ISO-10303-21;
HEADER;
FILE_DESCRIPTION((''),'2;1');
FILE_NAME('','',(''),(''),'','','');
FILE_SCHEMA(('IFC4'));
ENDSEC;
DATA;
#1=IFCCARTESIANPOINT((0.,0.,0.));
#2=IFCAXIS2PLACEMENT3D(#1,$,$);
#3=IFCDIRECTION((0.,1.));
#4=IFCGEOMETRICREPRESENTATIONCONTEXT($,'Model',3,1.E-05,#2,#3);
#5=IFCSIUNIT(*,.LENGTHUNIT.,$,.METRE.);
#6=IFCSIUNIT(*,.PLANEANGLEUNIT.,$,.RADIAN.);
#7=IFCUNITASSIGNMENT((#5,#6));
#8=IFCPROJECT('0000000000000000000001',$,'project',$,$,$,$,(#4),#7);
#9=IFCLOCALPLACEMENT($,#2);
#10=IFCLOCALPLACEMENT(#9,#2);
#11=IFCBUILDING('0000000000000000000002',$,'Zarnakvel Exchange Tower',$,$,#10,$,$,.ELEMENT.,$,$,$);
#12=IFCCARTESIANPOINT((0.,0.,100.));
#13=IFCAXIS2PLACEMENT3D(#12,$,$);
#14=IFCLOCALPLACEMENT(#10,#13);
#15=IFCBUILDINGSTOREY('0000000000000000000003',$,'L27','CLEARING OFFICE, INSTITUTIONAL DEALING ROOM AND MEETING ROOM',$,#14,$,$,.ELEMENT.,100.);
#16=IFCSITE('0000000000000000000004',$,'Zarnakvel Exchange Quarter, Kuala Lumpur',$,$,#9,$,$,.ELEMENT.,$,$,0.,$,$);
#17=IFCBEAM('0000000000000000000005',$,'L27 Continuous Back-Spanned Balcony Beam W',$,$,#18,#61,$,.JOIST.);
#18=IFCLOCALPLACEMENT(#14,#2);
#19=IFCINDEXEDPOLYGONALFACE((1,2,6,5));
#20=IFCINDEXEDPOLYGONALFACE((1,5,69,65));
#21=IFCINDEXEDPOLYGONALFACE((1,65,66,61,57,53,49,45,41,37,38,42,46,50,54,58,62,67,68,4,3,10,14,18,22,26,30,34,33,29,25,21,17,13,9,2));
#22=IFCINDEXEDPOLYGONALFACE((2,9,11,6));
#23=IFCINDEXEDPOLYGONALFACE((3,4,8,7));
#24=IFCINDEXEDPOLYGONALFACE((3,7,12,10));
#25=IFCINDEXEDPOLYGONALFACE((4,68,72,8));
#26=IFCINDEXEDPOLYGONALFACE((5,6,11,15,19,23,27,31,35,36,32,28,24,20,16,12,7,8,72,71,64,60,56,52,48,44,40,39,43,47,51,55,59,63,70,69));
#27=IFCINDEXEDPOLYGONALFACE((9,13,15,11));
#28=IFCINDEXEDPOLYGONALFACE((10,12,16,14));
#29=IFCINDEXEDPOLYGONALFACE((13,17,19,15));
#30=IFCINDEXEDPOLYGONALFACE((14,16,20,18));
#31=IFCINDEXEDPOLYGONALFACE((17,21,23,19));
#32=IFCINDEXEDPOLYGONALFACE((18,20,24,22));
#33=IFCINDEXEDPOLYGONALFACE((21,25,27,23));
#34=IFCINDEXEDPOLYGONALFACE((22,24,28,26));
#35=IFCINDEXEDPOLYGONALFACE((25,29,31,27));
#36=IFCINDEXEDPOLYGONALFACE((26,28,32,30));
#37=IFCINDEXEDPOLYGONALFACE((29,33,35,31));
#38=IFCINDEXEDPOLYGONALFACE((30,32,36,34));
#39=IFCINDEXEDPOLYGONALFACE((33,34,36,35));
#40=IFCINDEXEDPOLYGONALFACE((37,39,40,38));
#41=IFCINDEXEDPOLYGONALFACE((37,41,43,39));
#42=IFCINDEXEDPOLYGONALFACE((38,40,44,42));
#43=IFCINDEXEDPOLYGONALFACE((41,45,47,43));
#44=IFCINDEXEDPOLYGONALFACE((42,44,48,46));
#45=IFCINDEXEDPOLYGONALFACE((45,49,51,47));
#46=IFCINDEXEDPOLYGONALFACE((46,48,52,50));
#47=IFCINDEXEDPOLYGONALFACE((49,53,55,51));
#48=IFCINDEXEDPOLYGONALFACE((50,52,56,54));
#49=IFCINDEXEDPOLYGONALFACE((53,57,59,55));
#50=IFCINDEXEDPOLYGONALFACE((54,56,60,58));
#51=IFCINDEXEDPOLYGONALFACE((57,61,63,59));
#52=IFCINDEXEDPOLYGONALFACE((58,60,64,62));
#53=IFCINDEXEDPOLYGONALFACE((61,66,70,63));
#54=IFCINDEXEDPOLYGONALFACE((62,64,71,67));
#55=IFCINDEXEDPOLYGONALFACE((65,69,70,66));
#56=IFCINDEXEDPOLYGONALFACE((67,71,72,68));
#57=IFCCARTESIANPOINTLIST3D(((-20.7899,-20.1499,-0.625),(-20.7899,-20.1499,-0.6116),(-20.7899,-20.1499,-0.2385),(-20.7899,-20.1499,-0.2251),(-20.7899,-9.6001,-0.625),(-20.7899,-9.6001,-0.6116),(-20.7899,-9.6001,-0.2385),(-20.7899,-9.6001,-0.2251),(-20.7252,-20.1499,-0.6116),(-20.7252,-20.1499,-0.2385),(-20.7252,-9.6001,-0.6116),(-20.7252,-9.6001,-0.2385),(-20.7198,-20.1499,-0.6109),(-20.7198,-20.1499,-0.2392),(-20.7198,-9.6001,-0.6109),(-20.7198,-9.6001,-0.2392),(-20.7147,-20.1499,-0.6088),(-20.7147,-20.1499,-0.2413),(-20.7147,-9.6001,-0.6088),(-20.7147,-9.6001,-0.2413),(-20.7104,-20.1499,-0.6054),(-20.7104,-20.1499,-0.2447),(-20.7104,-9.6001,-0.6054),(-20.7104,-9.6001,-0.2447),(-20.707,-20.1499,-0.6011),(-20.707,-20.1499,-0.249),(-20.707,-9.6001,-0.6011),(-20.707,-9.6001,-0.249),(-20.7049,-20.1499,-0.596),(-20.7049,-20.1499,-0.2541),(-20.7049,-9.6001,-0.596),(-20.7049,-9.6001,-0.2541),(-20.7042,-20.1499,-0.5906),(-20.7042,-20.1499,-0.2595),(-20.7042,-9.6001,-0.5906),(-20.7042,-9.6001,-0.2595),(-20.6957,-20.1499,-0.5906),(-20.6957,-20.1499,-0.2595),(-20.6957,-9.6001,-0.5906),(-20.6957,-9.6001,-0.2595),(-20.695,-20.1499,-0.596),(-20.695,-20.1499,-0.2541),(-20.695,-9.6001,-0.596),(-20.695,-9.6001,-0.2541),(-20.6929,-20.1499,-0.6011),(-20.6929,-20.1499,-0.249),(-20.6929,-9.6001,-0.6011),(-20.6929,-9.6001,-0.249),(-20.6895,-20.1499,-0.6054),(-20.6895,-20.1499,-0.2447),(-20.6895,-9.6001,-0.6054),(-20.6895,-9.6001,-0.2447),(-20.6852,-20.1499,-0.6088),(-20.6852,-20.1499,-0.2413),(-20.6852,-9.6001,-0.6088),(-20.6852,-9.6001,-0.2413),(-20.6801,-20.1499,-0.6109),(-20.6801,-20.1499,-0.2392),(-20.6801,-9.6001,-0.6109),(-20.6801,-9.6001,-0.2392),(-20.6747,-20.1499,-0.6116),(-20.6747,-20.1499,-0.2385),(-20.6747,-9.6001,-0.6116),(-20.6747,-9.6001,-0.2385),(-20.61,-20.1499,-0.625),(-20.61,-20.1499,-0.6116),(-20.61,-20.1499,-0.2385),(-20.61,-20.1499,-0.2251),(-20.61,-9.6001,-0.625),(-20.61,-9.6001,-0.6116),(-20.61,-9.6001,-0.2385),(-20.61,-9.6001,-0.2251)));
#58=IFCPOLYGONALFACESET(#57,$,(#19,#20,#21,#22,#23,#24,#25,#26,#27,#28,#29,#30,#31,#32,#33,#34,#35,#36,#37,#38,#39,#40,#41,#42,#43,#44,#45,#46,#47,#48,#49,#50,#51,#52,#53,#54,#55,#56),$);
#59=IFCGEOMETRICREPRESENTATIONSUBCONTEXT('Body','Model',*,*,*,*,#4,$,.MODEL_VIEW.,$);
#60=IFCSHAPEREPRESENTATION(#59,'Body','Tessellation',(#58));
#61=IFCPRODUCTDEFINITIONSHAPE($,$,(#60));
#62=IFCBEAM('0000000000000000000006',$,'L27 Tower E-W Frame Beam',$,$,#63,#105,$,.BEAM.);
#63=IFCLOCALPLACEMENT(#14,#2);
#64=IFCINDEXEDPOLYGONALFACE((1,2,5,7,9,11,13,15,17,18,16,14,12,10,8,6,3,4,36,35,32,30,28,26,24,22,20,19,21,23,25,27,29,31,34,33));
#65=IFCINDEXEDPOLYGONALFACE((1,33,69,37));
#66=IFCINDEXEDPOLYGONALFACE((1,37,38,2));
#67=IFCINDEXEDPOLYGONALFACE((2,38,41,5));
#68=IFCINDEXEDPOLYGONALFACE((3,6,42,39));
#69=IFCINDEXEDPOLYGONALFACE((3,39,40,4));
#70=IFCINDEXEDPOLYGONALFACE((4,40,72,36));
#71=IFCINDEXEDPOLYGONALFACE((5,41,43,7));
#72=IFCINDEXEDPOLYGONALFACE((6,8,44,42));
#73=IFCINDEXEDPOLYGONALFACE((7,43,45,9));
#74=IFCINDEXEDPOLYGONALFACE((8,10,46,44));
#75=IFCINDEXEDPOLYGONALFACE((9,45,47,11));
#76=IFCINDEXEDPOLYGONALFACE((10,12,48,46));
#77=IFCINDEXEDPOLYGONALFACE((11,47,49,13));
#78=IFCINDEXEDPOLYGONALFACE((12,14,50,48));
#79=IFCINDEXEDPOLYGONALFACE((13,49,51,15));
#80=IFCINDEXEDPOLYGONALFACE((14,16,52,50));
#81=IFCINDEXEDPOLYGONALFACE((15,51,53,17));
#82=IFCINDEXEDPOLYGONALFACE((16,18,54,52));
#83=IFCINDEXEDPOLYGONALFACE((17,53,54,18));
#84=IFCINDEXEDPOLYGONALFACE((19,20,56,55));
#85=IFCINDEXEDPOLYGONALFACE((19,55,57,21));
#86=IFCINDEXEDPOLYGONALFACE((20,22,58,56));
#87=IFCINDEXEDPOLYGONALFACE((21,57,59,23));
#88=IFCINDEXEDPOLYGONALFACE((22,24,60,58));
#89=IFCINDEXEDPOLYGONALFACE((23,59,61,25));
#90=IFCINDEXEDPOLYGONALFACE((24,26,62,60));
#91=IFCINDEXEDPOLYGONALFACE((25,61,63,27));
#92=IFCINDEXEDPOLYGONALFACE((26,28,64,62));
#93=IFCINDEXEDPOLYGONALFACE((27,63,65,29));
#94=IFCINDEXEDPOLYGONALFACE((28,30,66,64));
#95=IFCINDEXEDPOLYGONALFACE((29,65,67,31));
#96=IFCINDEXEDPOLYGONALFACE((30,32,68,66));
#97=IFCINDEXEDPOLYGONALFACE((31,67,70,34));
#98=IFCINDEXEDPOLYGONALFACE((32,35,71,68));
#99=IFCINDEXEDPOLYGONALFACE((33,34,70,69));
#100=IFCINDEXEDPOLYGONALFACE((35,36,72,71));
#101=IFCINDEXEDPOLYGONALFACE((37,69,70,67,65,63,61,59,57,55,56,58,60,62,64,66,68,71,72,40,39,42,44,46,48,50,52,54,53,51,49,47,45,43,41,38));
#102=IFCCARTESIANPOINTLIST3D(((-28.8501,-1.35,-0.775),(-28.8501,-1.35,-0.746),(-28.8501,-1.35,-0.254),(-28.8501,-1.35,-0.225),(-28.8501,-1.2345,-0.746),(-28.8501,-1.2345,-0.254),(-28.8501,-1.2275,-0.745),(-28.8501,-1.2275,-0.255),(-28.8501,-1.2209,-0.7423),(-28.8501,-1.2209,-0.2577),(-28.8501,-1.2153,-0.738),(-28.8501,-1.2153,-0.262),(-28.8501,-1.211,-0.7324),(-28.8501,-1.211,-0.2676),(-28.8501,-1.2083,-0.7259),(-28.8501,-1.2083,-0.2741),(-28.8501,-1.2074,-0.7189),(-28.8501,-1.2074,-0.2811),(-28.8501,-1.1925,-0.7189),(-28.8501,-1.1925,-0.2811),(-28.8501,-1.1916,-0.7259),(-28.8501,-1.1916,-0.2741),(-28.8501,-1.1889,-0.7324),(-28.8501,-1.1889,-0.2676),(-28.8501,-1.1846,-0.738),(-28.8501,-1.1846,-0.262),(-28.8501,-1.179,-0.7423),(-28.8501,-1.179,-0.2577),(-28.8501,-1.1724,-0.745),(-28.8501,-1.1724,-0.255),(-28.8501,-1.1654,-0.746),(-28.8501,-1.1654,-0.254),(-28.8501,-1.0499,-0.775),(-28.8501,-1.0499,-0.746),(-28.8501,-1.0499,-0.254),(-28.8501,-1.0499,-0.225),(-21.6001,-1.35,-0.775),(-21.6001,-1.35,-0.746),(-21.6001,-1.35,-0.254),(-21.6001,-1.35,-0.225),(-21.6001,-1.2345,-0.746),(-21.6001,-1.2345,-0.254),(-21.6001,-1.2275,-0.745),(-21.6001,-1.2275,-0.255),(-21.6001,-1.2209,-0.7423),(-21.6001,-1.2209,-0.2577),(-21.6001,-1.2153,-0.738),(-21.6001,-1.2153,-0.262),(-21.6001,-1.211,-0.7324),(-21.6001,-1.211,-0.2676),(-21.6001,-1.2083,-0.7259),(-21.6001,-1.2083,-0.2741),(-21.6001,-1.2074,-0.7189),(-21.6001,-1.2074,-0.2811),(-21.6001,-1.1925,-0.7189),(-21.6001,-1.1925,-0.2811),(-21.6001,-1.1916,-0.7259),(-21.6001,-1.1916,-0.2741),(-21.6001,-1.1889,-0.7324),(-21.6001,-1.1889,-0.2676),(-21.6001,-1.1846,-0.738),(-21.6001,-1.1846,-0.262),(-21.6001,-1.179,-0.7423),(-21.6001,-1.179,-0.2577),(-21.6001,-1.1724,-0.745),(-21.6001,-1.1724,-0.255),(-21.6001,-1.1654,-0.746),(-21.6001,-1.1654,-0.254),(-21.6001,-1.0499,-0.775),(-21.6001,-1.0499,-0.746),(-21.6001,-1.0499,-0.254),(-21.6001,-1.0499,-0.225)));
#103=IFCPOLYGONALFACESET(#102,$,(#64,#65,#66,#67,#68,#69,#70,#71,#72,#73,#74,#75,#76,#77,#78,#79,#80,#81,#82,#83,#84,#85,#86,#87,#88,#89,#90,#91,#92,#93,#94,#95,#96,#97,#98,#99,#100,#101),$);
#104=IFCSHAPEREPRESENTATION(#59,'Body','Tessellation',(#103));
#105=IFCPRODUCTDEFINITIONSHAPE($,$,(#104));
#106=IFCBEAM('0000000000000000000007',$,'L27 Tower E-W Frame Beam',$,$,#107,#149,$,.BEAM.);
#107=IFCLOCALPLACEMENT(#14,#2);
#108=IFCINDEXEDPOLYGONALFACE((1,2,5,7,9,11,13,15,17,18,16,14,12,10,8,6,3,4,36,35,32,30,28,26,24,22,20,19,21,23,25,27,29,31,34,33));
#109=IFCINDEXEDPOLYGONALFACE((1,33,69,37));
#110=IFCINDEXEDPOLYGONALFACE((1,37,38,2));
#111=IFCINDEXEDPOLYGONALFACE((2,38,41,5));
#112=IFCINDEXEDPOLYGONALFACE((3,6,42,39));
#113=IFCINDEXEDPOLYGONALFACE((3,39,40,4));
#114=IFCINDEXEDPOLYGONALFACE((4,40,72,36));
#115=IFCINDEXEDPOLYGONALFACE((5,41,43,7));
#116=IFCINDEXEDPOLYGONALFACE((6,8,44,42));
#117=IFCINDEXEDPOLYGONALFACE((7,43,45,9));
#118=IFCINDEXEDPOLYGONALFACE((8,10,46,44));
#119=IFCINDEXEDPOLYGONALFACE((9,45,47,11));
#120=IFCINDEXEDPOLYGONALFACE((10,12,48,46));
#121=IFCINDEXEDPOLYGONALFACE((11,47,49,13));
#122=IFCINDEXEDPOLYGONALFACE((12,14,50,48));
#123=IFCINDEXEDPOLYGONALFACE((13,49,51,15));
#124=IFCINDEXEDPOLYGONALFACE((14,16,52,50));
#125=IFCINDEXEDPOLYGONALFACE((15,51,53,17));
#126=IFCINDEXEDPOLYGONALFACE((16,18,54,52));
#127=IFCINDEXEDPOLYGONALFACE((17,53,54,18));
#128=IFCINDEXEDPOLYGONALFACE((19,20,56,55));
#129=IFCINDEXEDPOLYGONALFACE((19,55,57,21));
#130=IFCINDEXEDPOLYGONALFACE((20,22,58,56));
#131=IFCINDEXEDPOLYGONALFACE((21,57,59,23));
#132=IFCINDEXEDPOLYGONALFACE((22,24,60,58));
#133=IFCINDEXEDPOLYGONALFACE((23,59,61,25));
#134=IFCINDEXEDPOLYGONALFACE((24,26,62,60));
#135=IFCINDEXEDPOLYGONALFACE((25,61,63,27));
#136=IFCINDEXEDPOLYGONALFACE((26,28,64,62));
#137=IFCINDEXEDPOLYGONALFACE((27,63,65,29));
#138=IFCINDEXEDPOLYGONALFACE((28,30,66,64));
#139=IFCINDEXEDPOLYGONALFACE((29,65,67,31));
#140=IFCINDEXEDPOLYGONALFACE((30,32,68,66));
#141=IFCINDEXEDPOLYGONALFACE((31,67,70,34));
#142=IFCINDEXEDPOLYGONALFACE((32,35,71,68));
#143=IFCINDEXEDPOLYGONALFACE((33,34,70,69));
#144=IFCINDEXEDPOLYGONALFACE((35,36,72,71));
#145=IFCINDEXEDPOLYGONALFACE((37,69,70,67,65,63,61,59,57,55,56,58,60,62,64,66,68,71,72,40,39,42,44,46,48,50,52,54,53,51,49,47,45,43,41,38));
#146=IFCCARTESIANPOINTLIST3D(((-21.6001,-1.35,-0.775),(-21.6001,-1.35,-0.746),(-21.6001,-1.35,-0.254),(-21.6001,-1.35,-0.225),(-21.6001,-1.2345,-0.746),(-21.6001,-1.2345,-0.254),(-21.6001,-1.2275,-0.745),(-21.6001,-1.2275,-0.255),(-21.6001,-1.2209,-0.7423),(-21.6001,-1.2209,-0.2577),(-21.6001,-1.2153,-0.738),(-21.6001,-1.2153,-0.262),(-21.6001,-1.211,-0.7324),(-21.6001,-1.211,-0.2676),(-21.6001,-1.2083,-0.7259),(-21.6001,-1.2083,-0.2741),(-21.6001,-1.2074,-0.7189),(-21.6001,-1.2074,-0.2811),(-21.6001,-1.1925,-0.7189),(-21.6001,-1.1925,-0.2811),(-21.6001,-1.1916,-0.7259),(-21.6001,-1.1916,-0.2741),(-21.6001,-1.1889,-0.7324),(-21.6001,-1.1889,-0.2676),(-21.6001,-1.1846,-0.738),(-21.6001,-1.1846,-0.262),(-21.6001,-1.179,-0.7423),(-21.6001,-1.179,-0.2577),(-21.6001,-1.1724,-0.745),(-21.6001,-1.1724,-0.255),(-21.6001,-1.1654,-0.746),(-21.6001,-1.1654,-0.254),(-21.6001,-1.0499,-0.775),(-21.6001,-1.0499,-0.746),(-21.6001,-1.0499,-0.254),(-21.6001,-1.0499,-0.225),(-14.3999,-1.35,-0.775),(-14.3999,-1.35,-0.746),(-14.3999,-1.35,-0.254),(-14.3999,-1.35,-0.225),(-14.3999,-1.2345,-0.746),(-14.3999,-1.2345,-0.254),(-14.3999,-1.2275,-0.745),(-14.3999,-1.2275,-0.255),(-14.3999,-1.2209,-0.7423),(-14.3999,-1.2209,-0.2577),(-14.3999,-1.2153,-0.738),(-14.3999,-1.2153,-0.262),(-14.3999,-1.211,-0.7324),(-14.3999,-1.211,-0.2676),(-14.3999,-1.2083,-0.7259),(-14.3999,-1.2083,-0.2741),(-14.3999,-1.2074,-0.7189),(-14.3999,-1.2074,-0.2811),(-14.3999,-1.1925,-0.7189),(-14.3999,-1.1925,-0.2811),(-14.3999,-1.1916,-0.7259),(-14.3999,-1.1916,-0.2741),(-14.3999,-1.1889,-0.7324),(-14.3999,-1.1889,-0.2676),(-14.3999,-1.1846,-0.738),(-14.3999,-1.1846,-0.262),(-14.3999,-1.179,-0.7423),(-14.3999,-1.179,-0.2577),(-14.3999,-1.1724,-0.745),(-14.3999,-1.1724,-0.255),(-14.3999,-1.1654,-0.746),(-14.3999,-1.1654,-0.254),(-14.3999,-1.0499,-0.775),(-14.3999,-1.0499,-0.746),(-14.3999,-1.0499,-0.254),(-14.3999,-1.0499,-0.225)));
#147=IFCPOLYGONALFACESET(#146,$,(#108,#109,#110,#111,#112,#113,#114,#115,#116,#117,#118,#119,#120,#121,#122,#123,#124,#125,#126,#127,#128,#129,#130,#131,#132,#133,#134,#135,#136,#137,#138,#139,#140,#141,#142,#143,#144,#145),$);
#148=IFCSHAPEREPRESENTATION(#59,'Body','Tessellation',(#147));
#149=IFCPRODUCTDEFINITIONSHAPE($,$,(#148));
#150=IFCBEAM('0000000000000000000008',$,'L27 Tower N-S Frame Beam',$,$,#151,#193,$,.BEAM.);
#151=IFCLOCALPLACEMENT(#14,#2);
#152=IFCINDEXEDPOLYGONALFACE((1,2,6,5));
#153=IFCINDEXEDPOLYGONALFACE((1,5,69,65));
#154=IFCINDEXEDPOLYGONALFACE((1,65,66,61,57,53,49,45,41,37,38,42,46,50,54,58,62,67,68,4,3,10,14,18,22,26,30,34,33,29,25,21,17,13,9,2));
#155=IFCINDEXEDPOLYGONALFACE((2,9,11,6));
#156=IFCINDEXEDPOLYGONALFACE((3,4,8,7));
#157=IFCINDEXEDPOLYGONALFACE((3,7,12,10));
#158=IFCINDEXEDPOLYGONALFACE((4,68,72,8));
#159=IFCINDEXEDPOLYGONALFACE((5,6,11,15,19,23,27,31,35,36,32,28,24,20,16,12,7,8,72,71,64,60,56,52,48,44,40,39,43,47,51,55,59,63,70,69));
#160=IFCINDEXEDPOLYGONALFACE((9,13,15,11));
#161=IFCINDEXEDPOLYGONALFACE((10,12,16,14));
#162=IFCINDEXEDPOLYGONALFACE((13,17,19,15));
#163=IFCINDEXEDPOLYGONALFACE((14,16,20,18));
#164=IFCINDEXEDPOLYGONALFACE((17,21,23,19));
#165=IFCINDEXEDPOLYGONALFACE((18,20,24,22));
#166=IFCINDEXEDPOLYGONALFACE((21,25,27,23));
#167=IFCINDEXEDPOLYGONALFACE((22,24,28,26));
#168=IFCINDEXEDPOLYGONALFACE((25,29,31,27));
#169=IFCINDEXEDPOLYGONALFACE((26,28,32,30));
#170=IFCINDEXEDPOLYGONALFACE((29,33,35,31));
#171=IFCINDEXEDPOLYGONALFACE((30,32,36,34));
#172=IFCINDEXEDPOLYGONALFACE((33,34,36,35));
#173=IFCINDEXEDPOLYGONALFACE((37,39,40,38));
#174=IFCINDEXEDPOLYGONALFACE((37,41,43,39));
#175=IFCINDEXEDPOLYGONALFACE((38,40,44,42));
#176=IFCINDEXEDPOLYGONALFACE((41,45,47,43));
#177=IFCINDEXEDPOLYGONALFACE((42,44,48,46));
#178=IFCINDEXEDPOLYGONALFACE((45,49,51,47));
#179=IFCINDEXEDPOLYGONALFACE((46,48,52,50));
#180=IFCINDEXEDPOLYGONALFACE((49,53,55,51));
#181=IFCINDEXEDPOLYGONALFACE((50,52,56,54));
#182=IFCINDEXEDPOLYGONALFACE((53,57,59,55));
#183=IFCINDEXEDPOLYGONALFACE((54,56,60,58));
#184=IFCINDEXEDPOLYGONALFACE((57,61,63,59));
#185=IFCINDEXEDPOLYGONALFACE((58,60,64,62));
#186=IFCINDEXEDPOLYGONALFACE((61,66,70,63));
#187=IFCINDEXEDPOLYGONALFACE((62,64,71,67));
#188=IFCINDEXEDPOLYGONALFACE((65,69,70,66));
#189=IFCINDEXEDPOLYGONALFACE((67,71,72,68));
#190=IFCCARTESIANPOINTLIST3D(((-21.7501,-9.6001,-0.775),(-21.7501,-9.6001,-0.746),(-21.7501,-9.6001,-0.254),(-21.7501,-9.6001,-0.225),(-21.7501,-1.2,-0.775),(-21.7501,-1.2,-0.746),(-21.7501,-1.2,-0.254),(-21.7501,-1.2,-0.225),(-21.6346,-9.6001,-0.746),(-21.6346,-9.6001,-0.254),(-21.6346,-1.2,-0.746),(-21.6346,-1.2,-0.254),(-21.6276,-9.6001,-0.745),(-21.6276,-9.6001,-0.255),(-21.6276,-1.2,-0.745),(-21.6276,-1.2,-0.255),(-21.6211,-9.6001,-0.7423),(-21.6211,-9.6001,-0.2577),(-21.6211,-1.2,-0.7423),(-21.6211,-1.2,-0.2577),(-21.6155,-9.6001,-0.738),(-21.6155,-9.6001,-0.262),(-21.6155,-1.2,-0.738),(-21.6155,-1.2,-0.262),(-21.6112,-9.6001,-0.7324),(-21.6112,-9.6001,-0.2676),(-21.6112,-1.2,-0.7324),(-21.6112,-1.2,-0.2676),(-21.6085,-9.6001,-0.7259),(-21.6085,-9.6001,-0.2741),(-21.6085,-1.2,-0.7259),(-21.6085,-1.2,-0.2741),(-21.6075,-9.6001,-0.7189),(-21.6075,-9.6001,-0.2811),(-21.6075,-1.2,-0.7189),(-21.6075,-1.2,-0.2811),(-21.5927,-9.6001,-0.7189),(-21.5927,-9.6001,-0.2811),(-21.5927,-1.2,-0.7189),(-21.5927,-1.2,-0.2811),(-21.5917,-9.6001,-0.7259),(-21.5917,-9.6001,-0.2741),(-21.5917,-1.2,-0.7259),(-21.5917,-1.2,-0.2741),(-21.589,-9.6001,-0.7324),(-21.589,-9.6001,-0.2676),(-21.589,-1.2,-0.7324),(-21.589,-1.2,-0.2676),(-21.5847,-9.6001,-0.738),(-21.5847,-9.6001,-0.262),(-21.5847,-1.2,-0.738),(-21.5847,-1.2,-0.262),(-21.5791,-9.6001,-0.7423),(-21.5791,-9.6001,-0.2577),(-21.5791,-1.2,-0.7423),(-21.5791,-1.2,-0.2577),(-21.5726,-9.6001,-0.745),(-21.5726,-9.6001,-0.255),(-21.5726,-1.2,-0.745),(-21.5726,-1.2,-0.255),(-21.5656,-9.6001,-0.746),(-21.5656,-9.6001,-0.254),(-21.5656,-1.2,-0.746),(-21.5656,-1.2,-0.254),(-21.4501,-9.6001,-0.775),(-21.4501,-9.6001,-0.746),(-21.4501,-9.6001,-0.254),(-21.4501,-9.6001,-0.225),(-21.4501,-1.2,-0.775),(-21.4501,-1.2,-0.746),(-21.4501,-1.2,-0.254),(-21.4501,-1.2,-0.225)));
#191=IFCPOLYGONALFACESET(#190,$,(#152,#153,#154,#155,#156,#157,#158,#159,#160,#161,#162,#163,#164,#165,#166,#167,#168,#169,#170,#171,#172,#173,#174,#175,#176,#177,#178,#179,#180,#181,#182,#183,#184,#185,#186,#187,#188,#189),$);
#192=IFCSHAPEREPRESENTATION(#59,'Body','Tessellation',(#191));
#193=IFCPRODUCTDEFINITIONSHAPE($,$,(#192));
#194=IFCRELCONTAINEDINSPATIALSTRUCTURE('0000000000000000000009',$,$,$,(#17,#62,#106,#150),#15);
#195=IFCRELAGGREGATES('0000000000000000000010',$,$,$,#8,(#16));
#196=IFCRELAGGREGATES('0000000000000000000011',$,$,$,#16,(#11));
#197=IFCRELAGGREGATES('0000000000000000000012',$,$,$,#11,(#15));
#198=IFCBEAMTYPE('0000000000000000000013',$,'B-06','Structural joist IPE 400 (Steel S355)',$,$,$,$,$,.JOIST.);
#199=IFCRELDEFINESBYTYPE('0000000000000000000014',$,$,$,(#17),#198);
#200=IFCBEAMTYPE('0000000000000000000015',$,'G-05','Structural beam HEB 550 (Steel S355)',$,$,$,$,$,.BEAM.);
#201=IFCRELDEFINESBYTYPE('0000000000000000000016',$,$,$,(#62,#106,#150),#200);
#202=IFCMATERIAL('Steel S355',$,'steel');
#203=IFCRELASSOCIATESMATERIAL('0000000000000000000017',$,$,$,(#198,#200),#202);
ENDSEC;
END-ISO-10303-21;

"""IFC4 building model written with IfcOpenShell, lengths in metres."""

from ifc_helpers import new_model, si_unit, direction, frame, origin, origin_2d, place, context, subcontext, project, spatial, i_section, extrude, material, material_profile, profile_set, type_object, element, save


model = new_model("IFC4")

# Units and contexts
model_context = context("Model", 3, precision=1e-05, world=origin(), true_north=direction((0.0, 1.0)))
body_context = subcontext(model_context, "Body", "Model", "MODEL_VIEW")
ifc_project = project(units=[si_unit("LENGTHUNIT", "METRE"), si_unit("PLANEANGLEUNIT", "RADIAN")], contexts=[model_context])

# Site, building, storey
site_placement = place(None, origin())
site = spatial("IfcSite", under=ifc_project, at=site_placement, Name="Zarnakvel Exchange Quarter, Kuala Lumpur", CompositionType="ELEMENT", RefElevation=0.0)
building_placement = place(site_placement, origin())
building = spatial("IfcBuilding", under=site, at=building_placement, Name="Zarnakvel Exchange Tower", CompositionType="ELEMENT")
storey_placement = place(building_placement, frame((0.0, 0.0, 100.0)))
storey = spatial("IfcBuildingStorey", under=building, at=storey_placement, Name="L27", Description="CLEARING OFFICE, INSTITUTIONAL DEALING ROOM AND MEETING ROOM", CompositionType="ELEMENT", Elevation=100.0)

# Shared definitions
ifc_material_1 = material(Name="Steel S355", Category="steel")

# Beams
ifc_material_profile_1 = material_profile(ifc_material_1, i_section(OverallWidth=0.1799, OverallDepth=0.3999, WebThickness=0.0085, FlangeThickness=0.0134, FilletRadius=0.021, at=origin_2d()))
ifc_profile_set_1 = profile_set([ifc_material_profile_1], Name="Steel S355")
beam_type_1 = type_object("IfcBeamType", Name="B-06", Description="Structural joist IPE 400 (Steel S355)", PredefinedType="JOIST", material=ifc_profile_set_1)
beam_1_placement = place(storey_placement, frame((-20.7, -9.6001, -0.425), z_axis=(0.0, -1.0, 0.0), x_axis=(1.0, 0.0, 0.0)))
element("IfcBeam", 1, at=beam_1_placement, inside=storey, type_object=beam_type_1, Name="L27 Continuous Back-Spanned Balcony Beam W", PredefinedType="JOIST", context=body_context, shape_type="SweptSolid", body=[
    extrude(i_section(OverallWidth=0.1799, OverallDepth=0.3999, WebThickness=0.0085, FlangeThickness=0.0134, FilletRadius=0.021, at=origin_2d()), origin(), (0.0, 0.0, 1.0), 10.5498),
])
ifc_material_profile_2 = material_profile(ifc_material_1, i_section(OverallWidth=0.3, OverallDepth=0.55, WebThickness=0.0149, FlangeThickness=0.0291, FilletRadius=0.0271, at=origin_2d()))
ifc_profile_set_2 = profile_set([ifc_material_profile_2], Name="Steel S355")
beam_type_2 = type_object("IfcBeamType", Name="G-05", Description="Structural beam HEB 550 (Steel S355)", PredefinedType="BEAM", material=ifc_profile_set_2)
beam_2_placement = place(storey_placement, frame((-28.8501, -1.2, -0.5), z_axis=(1.0, 0.0, 0.0), x_axis=(0.0, 1.0, 0.0)))
element("IfcBeam", 2, at=beam_2_placement, inside=storey, type_object=beam_type_2, Name="L27 Tower E-W Frame Beam", PredefinedType="BEAM", context=body_context, shape_type="SweptSolid", body=[
    extrude(i_section(OverallWidth=0.3, OverallDepth=0.55, WebThickness=0.0149, FlangeThickness=0.0291, FilletRadius=0.0271, at=origin_2d()), origin(), (0.0, 0.0, 1.0), 7.25),
])
beam_3_placement = place(storey_placement, frame((-21.6001, -1.2, -0.5), z_axis=(1.0, 0.0, 0.0), x_axis=(0.0, 1.0, 0.0)))
element("IfcBeam", 3, at=beam_3_placement, inside=storey, type_object=beam_type_2, Name="L27 Tower E-W Frame Beam", PredefinedType="BEAM", context=body_context, shape_type="SweptSolid", body=[
    extrude(i_section(OverallWidth=0.3, OverallDepth=0.55, WebThickness=0.0149, FlangeThickness=0.0291, FilletRadius=0.0271, at=origin_2d()), origin(), (0.0, 0.0, 1.0), 7.2002),
])
beam_4_placement = place(storey_placement, frame((-21.6001, -9.6001, -0.5), z_axis=(0.0, 1.0, 0.0), x_axis=(-1.0, 0.0, 0.0)))
element("IfcBeam", 4, at=beam_4_placement, inside=storey, type_object=beam_type_2, Name="L27 Tower N-S Frame Beam", PredefinedType="BEAM", context=body_context, shape_type="SweptSolid", body=[
    extrude(i_section(OverallWidth=0.3, OverallDepth=0.55, WebThickness=0.0149, FlangeThickness=0.0291, FilletRadius=0.0271, at=origin_2d()), origin(), (0.0, 0.0, 1.0), 8.4001),
])

save(model, "model.ifc")
